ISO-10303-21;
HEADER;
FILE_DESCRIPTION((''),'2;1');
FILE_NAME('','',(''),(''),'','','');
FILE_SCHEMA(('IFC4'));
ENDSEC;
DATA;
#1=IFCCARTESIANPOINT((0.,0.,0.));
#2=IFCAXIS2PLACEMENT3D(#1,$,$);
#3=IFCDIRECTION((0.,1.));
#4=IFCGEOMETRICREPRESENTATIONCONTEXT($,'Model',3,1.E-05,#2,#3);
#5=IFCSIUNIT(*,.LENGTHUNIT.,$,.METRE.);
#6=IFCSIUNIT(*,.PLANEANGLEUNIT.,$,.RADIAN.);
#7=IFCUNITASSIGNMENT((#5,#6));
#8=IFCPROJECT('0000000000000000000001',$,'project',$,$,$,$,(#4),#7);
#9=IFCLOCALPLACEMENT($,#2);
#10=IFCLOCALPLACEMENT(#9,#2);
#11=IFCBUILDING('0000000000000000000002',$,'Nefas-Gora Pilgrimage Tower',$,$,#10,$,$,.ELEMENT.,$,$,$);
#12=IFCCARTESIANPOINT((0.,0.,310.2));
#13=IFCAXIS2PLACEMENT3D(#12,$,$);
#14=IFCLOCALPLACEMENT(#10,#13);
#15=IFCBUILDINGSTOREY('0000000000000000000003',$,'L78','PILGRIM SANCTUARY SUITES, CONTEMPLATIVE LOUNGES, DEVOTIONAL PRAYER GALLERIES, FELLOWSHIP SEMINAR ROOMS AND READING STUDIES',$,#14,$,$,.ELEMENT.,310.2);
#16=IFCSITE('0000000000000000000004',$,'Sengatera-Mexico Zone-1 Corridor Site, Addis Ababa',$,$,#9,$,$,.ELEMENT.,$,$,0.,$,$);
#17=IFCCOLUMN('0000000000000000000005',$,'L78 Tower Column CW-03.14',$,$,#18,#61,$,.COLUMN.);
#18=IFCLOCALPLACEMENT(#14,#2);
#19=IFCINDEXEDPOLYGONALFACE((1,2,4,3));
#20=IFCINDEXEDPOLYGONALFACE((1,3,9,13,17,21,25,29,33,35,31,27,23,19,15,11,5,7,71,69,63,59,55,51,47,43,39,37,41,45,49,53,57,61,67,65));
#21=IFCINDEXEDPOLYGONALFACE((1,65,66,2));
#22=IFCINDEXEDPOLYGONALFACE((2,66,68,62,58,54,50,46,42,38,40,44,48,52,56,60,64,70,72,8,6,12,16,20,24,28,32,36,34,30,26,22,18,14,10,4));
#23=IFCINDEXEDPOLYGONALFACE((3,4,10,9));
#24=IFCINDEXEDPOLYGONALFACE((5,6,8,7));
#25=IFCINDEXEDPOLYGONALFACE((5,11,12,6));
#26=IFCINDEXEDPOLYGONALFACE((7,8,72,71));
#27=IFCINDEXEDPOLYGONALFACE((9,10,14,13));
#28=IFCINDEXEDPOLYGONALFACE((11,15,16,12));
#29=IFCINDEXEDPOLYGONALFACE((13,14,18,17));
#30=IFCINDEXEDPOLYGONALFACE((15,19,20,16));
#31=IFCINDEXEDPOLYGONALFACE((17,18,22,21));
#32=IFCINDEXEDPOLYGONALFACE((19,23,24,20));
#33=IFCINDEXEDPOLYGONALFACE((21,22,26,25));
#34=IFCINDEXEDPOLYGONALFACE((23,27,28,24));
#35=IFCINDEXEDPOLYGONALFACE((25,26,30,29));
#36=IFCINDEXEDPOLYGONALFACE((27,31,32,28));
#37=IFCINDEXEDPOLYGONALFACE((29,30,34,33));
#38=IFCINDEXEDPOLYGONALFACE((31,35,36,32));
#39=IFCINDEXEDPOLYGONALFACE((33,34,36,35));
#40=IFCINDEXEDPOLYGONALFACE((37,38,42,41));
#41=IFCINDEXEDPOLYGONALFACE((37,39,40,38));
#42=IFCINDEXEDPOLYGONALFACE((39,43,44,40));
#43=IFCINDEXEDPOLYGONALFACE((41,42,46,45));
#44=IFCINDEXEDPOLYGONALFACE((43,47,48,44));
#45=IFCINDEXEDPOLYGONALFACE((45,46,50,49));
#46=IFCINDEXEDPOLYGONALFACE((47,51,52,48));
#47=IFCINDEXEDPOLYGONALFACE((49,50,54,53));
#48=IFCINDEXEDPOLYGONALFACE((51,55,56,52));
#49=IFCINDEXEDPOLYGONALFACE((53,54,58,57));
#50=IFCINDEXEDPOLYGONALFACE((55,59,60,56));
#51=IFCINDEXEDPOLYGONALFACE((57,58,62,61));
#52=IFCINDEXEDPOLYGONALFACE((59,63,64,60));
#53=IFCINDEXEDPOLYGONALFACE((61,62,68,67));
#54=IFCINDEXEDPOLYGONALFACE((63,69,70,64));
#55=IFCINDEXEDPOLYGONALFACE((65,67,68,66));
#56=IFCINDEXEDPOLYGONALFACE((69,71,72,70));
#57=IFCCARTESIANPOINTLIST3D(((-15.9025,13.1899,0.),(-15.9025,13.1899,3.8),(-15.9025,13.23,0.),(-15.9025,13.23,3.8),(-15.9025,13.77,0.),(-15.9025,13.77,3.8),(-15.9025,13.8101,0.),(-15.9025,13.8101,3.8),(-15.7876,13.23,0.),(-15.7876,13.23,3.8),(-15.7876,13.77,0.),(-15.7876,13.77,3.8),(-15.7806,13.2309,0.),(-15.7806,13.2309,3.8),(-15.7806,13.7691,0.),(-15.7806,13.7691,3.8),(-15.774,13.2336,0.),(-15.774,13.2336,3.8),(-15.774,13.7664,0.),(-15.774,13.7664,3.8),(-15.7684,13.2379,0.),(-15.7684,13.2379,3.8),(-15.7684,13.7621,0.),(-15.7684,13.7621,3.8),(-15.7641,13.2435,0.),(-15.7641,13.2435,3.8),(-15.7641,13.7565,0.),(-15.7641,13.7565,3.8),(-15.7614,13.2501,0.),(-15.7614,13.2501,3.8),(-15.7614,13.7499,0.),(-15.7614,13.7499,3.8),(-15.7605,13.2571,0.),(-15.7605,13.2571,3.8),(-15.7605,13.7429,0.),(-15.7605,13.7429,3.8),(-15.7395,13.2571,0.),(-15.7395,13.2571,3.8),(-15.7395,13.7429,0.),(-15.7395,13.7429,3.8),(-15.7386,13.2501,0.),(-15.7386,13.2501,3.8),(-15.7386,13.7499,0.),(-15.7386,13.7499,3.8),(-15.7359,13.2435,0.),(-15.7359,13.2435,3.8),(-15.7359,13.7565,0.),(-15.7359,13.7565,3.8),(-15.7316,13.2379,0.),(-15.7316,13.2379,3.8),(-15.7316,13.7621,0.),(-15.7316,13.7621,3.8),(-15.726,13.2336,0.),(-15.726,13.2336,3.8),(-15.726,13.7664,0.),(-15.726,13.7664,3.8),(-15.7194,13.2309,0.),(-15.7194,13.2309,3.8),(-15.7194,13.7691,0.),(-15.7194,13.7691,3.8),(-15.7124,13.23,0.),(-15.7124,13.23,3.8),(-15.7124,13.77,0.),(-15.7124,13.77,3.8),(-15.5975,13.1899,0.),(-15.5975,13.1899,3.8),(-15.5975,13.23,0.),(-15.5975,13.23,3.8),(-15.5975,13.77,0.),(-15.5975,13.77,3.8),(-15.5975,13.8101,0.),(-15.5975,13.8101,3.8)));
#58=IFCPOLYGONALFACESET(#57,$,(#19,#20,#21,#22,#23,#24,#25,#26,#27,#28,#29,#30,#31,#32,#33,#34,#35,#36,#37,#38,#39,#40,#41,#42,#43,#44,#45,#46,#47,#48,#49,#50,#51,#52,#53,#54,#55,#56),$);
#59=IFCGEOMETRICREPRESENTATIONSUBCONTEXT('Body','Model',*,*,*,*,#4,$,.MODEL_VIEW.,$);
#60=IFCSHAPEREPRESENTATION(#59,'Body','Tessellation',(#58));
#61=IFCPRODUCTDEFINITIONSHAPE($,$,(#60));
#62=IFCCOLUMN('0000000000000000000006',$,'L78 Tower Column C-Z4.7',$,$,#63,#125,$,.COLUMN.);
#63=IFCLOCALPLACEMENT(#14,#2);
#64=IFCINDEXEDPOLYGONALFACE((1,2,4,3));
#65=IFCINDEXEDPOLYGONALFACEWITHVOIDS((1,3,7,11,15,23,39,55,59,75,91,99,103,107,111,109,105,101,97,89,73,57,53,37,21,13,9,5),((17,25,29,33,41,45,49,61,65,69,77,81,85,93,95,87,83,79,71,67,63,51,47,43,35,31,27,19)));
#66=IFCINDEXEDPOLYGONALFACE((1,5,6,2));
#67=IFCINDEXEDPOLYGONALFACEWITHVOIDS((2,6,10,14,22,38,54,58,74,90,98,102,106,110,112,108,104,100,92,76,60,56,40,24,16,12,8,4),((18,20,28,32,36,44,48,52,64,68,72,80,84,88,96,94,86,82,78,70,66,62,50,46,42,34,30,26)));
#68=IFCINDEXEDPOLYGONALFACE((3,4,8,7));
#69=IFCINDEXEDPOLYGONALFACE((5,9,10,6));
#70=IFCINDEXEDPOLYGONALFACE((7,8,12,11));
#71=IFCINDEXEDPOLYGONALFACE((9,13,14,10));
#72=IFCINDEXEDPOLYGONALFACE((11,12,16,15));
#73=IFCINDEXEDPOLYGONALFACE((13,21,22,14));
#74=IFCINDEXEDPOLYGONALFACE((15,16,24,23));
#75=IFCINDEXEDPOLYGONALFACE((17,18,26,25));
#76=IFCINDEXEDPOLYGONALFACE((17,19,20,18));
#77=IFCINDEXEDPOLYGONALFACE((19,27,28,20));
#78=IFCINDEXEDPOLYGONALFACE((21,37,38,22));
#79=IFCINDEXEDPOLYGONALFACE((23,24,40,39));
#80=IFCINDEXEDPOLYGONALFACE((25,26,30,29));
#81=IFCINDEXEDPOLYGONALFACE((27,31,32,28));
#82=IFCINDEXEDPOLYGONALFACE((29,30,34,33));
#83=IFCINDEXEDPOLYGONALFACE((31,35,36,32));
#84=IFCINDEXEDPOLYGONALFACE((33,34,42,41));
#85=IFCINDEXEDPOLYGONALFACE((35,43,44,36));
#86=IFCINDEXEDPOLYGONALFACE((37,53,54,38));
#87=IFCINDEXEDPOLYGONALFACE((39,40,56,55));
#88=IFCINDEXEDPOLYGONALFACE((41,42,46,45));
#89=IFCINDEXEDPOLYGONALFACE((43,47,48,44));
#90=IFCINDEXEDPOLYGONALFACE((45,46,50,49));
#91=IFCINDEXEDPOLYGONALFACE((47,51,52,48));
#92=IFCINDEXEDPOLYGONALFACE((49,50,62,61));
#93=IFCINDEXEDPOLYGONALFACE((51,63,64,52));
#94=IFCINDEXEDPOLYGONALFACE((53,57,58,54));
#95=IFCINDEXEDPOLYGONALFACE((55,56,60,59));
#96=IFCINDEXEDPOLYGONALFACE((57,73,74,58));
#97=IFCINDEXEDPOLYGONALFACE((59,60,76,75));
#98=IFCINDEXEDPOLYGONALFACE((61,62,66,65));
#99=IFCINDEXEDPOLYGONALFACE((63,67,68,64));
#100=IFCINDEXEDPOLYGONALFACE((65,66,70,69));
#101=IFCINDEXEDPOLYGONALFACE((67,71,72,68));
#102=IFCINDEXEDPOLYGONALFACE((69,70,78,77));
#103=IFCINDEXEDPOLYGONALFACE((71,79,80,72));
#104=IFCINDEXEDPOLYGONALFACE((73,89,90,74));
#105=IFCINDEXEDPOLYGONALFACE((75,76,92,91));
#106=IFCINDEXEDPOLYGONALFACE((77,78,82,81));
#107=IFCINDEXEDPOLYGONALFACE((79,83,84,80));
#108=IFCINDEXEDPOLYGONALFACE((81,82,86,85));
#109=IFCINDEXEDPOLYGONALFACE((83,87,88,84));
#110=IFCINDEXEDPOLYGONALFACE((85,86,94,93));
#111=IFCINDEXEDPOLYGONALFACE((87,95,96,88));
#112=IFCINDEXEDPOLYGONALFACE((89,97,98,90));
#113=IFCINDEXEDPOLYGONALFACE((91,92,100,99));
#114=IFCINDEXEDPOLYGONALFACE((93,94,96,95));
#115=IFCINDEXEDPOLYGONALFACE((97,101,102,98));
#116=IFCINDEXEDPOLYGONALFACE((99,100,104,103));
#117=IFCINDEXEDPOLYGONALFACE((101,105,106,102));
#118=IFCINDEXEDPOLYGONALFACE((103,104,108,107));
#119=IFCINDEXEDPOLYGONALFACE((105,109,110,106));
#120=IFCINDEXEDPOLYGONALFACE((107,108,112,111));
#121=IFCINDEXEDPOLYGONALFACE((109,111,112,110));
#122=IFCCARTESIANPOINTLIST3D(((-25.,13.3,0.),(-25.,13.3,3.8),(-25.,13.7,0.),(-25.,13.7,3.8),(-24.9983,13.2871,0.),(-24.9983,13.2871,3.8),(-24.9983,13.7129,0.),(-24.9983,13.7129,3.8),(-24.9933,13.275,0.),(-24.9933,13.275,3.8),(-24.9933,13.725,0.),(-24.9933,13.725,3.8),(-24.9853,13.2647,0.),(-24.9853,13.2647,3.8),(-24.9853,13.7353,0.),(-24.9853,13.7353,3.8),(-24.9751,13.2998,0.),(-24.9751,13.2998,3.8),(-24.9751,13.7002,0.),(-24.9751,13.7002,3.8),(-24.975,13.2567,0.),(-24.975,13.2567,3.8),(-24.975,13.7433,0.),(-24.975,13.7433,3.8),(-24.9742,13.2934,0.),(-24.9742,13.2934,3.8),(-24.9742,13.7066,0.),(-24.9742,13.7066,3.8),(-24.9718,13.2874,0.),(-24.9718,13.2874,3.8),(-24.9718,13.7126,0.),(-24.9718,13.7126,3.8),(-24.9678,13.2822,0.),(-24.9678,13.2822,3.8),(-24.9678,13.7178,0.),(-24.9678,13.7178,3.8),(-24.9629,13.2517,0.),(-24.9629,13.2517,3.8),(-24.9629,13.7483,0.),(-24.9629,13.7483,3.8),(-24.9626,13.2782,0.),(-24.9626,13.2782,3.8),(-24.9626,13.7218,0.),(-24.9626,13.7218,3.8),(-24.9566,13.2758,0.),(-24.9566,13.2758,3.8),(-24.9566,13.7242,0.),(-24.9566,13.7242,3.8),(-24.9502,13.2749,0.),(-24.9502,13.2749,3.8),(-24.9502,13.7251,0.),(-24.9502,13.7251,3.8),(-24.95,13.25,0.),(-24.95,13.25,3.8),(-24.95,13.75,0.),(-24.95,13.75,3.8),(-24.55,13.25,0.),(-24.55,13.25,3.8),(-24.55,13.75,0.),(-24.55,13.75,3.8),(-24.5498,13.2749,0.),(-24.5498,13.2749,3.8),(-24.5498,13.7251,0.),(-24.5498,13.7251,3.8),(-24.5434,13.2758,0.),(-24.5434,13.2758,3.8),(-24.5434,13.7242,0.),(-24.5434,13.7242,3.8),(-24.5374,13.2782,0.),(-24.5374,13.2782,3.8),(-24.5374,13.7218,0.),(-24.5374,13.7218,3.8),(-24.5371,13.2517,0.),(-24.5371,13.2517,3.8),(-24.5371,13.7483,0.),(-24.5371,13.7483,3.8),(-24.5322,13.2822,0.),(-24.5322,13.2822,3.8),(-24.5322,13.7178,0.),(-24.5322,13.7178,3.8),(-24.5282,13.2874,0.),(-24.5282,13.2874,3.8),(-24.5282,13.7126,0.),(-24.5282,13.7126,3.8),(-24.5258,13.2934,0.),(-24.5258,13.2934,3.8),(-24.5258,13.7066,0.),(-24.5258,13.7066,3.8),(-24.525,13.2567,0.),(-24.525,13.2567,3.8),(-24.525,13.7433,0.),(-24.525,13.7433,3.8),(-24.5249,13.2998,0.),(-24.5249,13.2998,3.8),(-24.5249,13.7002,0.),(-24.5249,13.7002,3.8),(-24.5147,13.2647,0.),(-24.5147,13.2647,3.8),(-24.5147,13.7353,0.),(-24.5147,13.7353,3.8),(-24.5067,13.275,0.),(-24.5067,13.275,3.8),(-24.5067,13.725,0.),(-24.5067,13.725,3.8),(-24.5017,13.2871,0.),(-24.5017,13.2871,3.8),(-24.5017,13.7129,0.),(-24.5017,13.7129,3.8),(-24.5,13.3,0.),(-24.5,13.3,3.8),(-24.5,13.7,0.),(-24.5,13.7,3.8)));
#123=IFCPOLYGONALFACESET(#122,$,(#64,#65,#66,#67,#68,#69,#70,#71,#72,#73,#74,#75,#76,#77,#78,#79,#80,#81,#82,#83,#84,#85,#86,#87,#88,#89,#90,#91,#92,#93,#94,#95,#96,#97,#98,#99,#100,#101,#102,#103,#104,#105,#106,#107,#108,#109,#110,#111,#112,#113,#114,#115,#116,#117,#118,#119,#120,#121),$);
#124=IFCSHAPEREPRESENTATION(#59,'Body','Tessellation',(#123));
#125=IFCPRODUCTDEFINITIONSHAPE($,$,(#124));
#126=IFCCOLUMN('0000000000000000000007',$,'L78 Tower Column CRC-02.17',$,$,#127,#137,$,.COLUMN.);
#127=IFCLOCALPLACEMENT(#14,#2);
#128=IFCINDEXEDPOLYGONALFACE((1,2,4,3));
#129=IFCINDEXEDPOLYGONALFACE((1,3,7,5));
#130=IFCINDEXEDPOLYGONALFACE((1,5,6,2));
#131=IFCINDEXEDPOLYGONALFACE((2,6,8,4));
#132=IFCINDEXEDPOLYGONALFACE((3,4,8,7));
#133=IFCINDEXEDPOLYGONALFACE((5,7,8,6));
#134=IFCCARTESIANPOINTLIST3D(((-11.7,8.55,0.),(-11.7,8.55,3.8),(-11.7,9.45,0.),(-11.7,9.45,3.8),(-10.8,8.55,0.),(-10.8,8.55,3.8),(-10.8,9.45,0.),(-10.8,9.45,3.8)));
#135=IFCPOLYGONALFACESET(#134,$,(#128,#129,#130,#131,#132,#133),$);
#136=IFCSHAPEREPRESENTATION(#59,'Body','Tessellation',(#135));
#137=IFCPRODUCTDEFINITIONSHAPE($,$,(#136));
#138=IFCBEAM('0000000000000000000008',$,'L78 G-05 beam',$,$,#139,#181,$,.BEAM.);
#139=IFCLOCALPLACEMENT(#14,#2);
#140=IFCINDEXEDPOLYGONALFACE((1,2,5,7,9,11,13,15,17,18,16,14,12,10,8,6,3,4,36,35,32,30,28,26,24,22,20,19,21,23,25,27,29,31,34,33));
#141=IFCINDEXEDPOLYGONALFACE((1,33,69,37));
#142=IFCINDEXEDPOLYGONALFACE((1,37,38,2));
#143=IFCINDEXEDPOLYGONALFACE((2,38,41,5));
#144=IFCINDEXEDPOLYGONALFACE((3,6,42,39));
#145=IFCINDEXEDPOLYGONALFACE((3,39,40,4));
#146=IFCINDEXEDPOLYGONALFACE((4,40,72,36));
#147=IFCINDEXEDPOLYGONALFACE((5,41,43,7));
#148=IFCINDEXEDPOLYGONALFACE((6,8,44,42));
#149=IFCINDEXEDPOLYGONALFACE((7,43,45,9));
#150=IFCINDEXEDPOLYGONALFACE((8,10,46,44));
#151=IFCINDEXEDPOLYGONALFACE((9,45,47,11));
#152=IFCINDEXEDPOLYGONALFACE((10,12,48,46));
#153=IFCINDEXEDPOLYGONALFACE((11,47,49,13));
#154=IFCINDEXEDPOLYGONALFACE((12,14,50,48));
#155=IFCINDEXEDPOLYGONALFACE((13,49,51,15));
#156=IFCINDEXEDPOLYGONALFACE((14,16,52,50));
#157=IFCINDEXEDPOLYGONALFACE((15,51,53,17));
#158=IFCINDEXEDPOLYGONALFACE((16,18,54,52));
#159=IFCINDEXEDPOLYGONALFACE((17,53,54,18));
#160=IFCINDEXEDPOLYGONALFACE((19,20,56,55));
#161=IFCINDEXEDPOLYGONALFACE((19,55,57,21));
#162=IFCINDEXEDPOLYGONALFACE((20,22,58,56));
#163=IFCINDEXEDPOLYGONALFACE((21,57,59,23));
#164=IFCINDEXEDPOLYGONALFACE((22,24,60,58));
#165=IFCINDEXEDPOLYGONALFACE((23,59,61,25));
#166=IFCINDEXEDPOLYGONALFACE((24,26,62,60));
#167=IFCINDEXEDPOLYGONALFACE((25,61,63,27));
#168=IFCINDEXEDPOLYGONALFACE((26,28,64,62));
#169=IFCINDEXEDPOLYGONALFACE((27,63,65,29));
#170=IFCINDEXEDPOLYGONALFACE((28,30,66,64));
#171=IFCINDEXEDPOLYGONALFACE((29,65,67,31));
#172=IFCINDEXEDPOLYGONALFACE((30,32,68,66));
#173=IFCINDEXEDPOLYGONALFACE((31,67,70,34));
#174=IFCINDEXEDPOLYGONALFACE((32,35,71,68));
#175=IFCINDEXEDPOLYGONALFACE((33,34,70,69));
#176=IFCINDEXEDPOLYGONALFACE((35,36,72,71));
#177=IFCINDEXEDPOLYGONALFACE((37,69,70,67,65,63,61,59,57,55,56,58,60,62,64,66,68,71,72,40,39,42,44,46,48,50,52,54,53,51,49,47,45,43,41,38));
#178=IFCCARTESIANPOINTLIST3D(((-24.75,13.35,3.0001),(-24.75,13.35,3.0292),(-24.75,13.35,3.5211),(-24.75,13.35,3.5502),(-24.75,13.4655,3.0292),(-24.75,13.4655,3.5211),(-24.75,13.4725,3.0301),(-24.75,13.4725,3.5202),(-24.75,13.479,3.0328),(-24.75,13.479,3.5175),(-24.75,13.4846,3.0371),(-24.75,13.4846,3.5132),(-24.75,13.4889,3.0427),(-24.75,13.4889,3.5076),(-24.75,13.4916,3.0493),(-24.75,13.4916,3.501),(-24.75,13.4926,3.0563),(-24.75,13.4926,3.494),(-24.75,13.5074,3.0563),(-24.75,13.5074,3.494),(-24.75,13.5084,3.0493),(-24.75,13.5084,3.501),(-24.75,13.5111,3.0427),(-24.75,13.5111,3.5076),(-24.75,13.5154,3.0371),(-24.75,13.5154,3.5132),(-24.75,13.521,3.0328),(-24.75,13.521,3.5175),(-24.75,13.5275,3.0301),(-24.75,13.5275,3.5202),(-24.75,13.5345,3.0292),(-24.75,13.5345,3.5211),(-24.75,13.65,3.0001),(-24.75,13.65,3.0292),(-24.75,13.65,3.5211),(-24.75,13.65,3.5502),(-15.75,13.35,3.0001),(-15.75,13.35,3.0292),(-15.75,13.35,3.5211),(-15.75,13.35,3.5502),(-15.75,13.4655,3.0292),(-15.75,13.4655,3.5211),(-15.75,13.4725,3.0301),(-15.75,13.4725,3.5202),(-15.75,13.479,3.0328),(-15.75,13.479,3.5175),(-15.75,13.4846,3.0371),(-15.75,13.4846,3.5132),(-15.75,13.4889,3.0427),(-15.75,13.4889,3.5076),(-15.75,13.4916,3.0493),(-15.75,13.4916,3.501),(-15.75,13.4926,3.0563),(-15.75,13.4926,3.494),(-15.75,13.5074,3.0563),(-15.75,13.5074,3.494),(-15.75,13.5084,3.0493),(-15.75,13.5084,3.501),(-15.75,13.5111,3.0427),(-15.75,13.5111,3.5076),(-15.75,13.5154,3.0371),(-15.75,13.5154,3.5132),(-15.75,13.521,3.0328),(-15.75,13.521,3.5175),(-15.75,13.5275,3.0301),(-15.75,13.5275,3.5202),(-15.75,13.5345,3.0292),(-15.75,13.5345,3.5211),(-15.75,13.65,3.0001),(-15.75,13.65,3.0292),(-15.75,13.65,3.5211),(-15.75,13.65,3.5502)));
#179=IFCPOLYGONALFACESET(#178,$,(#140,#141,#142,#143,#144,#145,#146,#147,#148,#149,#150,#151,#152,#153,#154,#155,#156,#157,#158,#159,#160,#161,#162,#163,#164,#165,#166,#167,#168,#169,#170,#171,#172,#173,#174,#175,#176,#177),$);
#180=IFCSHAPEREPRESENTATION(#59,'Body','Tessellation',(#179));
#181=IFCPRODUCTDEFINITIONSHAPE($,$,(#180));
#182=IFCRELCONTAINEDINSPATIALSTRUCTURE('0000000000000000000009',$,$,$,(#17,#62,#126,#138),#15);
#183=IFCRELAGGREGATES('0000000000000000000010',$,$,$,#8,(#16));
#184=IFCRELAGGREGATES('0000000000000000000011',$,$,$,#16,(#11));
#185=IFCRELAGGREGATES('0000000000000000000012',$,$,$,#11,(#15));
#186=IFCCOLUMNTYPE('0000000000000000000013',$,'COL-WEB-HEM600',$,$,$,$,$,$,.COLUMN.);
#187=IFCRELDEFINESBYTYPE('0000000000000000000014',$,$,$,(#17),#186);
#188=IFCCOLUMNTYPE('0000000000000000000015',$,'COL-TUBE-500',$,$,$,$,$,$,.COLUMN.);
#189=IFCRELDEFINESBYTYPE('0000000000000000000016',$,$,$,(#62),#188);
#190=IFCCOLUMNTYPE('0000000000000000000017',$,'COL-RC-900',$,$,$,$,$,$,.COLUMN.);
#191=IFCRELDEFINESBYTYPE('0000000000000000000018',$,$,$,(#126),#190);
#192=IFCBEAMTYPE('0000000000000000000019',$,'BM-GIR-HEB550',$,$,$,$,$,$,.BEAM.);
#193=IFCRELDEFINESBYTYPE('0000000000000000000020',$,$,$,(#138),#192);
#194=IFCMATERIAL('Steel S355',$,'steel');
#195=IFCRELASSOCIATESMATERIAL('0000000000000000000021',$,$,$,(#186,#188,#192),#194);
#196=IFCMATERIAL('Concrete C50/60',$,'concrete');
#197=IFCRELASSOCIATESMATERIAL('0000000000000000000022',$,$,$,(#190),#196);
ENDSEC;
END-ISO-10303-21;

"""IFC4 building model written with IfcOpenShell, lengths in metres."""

from ifc_helpers import new_model, si_unit, direction, frame, origin, origin_2d, place, context, subcontext, project, spatial, rectangle, hollow_rectangle, i_section, extrude, source, transform, mapped, material, material_profile, profile_set, type_object, element, save


model = new_model("IFC4")

# Units and contexts
model_context = context("Model", 3, precision=1e-05, world=origin(), true_north=direction((0.0, 1.0)))
body_context = subcontext(model_context, "Body", "Model", "MODEL_VIEW")
ifc_project = project(units=[si_unit("LENGTHUNIT", "METRE"), si_unit("PLANEANGLEUNIT", "RADIAN")], contexts=[model_context])

# Site, building, storey
site_placement = place(None, origin())
site = spatial("IfcSite", under=ifc_project, at=site_placement, Name="Sengatera-Mexico Zone-1 Corridor Site, Addis Ababa", CompositionType="ELEMENT", RefElevation=0.0)
building_placement = place(site_placement, origin())
building = spatial("IfcBuilding", under=site, at=building_placement, Name="Nefas-Gora Pilgrimage Tower", CompositionType="ELEMENT")
storey_placement = place(building_placement, frame((0.0, 0.0, 310.2)))
storey = spatial("IfcBuildingStorey", under=building, at=storey_placement, Name="L78", Description="PILGRIM SANCTUARY SUITES, CONTEMPLATIVE LOUNGES, DEVOTIONAL PRAYER GALLERIES, FELLOWSHIP SEMINAR ROOMS AND READING STUDIES", CompositionType="ELEMENT", Elevation=310.2)

# Columns
ifc_material_1 = material(Name="Steel S355", Category="steel")
ifc_material_profile_1 = material_profile(ifc_material_1, i_section(OverallWidth=0.3049, OverallDepth=0.6201, WebThickness=0.021, FlangeThickness=0.04, FilletRadius=0.0271, at=origin_2d()), Name="HEM 600")
ifc_profile_set_1 = profile_set([ifc_material_profile_1], Name="Steel S355")
column_type_1 = type_object("IfcColumnType", Name="COL-WEB-HEM600", PredefinedType="COLUMN", material=ifc_profile_set_1)
shared_shape_1 = source(origin(), body_context, "Body", "SweptSolid", [
    extrude(i_section(OverallWidth=0.3049, OverallDepth=0.6201, WebThickness=0.021, FlangeThickness=0.04, FilletRadius=0.0271, at=origin_2d()), origin(), (0.0, 0.0, 1.0), 3.8),
])
column_1_placement = place(storey_placement, frame((-15.75, 13.5, 0.0), z_axis=(0.0, 0.0, 1.0), x_axis=(1.0, 0.0, 0.0)))
element("IfcColumn", 1, at=column_1_placement, inside=storey, type_object=column_type_1, Name="L78 Tower Column CW-03.14", PredefinedType="COLUMN", context=body_context, shape_type="MappedRepresentation", body=[
    mapped(shared_shape_1, transform((0.0, 0.0, 0.0), x_axis=(1.0, 0.0, 0.0), y_axis=(0.0, 1.0, 0.0), z_axis=(0.0, 0.0, 1.0), scale=1.0)),
])
ifc_material_profile_2 = material_profile(ifc_material_1, hollow_rectangle(XDim=0.5, YDim=0.5, WallThickness=0.0249, InnerFilletRadius=0.0249, OuterFilletRadius=0.05, at=origin_2d()), Name="SHS 500x500x25")
ifc_profile_set_2 = profile_set([ifc_material_profile_2], Name="Steel S355")
column_type_2 = type_object("IfcColumnType", Name="COL-TUBE-500", PredefinedType="COLUMN", material=ifc_profile_set_2)
shared_shape_2 = source(origin(), body_context, "Body", "SweptSolid", [
    extrude(hollow_rectangle(XDim=0.5, YDim=0.5, WallThickness=0.0249, InnerFilletRadius=0.0249, OuterFilletRadius=0.05, at=origin_2d()), origin(), (0.0, 0.0, 1.0), 3.8),
])
column_2_placement = place(storey_placement, frame((-24.75, 13.5, 0.0), z_axis=(0.0, 0.0, 1.0), x_axis=(1.0, 0.0, 0.0)))
element("IfcColumn", 2, at=column_2_placement, inside=storey, type_object=column_type_2, Name="L78 Tower Column C-Z4.7", PredefinedType="COLUMN", context=body_context, shape_type="MappedRepresentation", body=[
    mapped(shared_shape_2, transform((0.0, 0.0, 0.0), x_axis=(1.0, 0.0, 0.0), y_axis=(0.0, 1.0, 0.0), z_axis=(0.0, 0.0, 1.0), scale=1.0)),
])
ifc_material_2 = material(Name="Concrete C50/60", Category="concrete")
ifc_material_profile_3 = material_profile(ifc_material_2, rectangle(XDim=0.8999, YDim=0.8999, at=origin_2d()), Name="RC 900x900")
ifc_profile_set_3 = profile_set([ifc_material_profile_3], Name="Concrete C50/60")
column_type_3 = type_object("IfcColumnType", Name="COL-RC-900", PredefinedType="COLUMN", material=ifc_profile_set_3)
shared_shape_3 = source(origin(), body_context, "Body", "SweptSolid", [
    extrude(rectangle(XDim=0.8999, YDim=0.8999, at=origin_2d()), origin(), (0.0, 0.0, 1.0), 3.8),
])
column_3_placement = place(storey_placement, frame((-11.25, 9.0, 0.0), z_axis=(0.0, 0.0, 1.0), x_axis=(1.0, 0.0, 0.0)))
element("IfcColumn", 3, at=column_3_placement, inside=storey, type_object=column_type_3, Name="L78 Tower Column CRC-02.17", PredefinedType="COLUMN", context=body_context, shape_type="MappedRepresentation", body=[
    mapped(shared_shape_3, transform((0.0, 0.0, 0.0), x_axis=(1.0, 0.0, 0.0), y_axis=(0.0, 1.0, 0.0), z_axis=(0.0, 0.0, 1.0), scale=1.0)),
])

# Beam
ifc_material_profile_4 = material_profile(ifc_material_1, i_section(OverallWidth=0.3, OverallDepth=0.55, WebThickness=0.0149, FlangeThickness=0.0291, FilletRadius=0.0271, at=origin_2d()), Name="HEB 550")
ifc_profile_set_4 = profile_set([ifc_material_profile_4], Name="Steel S355")
beam_type = type_object("IfcBeamType", Name="BM-GIR-HEB550", PredefinedType="BEAM", material=ifc_profile_set_4)
shared_shape_4 = source(origin(), body_context, "Body", "SweptSolid", [
    extrude(i_section(OverallWidth=0.3, OverallDepth=0.55, WebThickness=0.0149, FlangeThickness=0.0291, FilletRadius=0.0271, at=origin_2d()), origin(), (0.0, 0.0, 1.0), 9.0),
])
for number, where, z_axis, x_axis, name in (
    (4, (-24.75, 13.5, 3.2751), (1.0, 0.0, 0.0), (0.0, 1.0, 0.0), "L78 G-05 beam"),
):
    element("IfcBeam", number, at=place(storey_placement, frame(where, z_axis=z_axis, x_axis=x_axis)), inside=storey, type_object=beam_type, Name=name, PredefinedType="BEAM", context=body_context, shape_type="MappedRepresentation", body=[
        mapped(shared_shape_4, transform((0.0, 0.0, 0.0), x_axis=(1.0, 0.0, 0.0), y_axis=(0.0, 1.0, 0.0), z_axis=(0.0, 0.0, 1.0), scale=1.0)),
    ])

save(model, "model.ifc")
